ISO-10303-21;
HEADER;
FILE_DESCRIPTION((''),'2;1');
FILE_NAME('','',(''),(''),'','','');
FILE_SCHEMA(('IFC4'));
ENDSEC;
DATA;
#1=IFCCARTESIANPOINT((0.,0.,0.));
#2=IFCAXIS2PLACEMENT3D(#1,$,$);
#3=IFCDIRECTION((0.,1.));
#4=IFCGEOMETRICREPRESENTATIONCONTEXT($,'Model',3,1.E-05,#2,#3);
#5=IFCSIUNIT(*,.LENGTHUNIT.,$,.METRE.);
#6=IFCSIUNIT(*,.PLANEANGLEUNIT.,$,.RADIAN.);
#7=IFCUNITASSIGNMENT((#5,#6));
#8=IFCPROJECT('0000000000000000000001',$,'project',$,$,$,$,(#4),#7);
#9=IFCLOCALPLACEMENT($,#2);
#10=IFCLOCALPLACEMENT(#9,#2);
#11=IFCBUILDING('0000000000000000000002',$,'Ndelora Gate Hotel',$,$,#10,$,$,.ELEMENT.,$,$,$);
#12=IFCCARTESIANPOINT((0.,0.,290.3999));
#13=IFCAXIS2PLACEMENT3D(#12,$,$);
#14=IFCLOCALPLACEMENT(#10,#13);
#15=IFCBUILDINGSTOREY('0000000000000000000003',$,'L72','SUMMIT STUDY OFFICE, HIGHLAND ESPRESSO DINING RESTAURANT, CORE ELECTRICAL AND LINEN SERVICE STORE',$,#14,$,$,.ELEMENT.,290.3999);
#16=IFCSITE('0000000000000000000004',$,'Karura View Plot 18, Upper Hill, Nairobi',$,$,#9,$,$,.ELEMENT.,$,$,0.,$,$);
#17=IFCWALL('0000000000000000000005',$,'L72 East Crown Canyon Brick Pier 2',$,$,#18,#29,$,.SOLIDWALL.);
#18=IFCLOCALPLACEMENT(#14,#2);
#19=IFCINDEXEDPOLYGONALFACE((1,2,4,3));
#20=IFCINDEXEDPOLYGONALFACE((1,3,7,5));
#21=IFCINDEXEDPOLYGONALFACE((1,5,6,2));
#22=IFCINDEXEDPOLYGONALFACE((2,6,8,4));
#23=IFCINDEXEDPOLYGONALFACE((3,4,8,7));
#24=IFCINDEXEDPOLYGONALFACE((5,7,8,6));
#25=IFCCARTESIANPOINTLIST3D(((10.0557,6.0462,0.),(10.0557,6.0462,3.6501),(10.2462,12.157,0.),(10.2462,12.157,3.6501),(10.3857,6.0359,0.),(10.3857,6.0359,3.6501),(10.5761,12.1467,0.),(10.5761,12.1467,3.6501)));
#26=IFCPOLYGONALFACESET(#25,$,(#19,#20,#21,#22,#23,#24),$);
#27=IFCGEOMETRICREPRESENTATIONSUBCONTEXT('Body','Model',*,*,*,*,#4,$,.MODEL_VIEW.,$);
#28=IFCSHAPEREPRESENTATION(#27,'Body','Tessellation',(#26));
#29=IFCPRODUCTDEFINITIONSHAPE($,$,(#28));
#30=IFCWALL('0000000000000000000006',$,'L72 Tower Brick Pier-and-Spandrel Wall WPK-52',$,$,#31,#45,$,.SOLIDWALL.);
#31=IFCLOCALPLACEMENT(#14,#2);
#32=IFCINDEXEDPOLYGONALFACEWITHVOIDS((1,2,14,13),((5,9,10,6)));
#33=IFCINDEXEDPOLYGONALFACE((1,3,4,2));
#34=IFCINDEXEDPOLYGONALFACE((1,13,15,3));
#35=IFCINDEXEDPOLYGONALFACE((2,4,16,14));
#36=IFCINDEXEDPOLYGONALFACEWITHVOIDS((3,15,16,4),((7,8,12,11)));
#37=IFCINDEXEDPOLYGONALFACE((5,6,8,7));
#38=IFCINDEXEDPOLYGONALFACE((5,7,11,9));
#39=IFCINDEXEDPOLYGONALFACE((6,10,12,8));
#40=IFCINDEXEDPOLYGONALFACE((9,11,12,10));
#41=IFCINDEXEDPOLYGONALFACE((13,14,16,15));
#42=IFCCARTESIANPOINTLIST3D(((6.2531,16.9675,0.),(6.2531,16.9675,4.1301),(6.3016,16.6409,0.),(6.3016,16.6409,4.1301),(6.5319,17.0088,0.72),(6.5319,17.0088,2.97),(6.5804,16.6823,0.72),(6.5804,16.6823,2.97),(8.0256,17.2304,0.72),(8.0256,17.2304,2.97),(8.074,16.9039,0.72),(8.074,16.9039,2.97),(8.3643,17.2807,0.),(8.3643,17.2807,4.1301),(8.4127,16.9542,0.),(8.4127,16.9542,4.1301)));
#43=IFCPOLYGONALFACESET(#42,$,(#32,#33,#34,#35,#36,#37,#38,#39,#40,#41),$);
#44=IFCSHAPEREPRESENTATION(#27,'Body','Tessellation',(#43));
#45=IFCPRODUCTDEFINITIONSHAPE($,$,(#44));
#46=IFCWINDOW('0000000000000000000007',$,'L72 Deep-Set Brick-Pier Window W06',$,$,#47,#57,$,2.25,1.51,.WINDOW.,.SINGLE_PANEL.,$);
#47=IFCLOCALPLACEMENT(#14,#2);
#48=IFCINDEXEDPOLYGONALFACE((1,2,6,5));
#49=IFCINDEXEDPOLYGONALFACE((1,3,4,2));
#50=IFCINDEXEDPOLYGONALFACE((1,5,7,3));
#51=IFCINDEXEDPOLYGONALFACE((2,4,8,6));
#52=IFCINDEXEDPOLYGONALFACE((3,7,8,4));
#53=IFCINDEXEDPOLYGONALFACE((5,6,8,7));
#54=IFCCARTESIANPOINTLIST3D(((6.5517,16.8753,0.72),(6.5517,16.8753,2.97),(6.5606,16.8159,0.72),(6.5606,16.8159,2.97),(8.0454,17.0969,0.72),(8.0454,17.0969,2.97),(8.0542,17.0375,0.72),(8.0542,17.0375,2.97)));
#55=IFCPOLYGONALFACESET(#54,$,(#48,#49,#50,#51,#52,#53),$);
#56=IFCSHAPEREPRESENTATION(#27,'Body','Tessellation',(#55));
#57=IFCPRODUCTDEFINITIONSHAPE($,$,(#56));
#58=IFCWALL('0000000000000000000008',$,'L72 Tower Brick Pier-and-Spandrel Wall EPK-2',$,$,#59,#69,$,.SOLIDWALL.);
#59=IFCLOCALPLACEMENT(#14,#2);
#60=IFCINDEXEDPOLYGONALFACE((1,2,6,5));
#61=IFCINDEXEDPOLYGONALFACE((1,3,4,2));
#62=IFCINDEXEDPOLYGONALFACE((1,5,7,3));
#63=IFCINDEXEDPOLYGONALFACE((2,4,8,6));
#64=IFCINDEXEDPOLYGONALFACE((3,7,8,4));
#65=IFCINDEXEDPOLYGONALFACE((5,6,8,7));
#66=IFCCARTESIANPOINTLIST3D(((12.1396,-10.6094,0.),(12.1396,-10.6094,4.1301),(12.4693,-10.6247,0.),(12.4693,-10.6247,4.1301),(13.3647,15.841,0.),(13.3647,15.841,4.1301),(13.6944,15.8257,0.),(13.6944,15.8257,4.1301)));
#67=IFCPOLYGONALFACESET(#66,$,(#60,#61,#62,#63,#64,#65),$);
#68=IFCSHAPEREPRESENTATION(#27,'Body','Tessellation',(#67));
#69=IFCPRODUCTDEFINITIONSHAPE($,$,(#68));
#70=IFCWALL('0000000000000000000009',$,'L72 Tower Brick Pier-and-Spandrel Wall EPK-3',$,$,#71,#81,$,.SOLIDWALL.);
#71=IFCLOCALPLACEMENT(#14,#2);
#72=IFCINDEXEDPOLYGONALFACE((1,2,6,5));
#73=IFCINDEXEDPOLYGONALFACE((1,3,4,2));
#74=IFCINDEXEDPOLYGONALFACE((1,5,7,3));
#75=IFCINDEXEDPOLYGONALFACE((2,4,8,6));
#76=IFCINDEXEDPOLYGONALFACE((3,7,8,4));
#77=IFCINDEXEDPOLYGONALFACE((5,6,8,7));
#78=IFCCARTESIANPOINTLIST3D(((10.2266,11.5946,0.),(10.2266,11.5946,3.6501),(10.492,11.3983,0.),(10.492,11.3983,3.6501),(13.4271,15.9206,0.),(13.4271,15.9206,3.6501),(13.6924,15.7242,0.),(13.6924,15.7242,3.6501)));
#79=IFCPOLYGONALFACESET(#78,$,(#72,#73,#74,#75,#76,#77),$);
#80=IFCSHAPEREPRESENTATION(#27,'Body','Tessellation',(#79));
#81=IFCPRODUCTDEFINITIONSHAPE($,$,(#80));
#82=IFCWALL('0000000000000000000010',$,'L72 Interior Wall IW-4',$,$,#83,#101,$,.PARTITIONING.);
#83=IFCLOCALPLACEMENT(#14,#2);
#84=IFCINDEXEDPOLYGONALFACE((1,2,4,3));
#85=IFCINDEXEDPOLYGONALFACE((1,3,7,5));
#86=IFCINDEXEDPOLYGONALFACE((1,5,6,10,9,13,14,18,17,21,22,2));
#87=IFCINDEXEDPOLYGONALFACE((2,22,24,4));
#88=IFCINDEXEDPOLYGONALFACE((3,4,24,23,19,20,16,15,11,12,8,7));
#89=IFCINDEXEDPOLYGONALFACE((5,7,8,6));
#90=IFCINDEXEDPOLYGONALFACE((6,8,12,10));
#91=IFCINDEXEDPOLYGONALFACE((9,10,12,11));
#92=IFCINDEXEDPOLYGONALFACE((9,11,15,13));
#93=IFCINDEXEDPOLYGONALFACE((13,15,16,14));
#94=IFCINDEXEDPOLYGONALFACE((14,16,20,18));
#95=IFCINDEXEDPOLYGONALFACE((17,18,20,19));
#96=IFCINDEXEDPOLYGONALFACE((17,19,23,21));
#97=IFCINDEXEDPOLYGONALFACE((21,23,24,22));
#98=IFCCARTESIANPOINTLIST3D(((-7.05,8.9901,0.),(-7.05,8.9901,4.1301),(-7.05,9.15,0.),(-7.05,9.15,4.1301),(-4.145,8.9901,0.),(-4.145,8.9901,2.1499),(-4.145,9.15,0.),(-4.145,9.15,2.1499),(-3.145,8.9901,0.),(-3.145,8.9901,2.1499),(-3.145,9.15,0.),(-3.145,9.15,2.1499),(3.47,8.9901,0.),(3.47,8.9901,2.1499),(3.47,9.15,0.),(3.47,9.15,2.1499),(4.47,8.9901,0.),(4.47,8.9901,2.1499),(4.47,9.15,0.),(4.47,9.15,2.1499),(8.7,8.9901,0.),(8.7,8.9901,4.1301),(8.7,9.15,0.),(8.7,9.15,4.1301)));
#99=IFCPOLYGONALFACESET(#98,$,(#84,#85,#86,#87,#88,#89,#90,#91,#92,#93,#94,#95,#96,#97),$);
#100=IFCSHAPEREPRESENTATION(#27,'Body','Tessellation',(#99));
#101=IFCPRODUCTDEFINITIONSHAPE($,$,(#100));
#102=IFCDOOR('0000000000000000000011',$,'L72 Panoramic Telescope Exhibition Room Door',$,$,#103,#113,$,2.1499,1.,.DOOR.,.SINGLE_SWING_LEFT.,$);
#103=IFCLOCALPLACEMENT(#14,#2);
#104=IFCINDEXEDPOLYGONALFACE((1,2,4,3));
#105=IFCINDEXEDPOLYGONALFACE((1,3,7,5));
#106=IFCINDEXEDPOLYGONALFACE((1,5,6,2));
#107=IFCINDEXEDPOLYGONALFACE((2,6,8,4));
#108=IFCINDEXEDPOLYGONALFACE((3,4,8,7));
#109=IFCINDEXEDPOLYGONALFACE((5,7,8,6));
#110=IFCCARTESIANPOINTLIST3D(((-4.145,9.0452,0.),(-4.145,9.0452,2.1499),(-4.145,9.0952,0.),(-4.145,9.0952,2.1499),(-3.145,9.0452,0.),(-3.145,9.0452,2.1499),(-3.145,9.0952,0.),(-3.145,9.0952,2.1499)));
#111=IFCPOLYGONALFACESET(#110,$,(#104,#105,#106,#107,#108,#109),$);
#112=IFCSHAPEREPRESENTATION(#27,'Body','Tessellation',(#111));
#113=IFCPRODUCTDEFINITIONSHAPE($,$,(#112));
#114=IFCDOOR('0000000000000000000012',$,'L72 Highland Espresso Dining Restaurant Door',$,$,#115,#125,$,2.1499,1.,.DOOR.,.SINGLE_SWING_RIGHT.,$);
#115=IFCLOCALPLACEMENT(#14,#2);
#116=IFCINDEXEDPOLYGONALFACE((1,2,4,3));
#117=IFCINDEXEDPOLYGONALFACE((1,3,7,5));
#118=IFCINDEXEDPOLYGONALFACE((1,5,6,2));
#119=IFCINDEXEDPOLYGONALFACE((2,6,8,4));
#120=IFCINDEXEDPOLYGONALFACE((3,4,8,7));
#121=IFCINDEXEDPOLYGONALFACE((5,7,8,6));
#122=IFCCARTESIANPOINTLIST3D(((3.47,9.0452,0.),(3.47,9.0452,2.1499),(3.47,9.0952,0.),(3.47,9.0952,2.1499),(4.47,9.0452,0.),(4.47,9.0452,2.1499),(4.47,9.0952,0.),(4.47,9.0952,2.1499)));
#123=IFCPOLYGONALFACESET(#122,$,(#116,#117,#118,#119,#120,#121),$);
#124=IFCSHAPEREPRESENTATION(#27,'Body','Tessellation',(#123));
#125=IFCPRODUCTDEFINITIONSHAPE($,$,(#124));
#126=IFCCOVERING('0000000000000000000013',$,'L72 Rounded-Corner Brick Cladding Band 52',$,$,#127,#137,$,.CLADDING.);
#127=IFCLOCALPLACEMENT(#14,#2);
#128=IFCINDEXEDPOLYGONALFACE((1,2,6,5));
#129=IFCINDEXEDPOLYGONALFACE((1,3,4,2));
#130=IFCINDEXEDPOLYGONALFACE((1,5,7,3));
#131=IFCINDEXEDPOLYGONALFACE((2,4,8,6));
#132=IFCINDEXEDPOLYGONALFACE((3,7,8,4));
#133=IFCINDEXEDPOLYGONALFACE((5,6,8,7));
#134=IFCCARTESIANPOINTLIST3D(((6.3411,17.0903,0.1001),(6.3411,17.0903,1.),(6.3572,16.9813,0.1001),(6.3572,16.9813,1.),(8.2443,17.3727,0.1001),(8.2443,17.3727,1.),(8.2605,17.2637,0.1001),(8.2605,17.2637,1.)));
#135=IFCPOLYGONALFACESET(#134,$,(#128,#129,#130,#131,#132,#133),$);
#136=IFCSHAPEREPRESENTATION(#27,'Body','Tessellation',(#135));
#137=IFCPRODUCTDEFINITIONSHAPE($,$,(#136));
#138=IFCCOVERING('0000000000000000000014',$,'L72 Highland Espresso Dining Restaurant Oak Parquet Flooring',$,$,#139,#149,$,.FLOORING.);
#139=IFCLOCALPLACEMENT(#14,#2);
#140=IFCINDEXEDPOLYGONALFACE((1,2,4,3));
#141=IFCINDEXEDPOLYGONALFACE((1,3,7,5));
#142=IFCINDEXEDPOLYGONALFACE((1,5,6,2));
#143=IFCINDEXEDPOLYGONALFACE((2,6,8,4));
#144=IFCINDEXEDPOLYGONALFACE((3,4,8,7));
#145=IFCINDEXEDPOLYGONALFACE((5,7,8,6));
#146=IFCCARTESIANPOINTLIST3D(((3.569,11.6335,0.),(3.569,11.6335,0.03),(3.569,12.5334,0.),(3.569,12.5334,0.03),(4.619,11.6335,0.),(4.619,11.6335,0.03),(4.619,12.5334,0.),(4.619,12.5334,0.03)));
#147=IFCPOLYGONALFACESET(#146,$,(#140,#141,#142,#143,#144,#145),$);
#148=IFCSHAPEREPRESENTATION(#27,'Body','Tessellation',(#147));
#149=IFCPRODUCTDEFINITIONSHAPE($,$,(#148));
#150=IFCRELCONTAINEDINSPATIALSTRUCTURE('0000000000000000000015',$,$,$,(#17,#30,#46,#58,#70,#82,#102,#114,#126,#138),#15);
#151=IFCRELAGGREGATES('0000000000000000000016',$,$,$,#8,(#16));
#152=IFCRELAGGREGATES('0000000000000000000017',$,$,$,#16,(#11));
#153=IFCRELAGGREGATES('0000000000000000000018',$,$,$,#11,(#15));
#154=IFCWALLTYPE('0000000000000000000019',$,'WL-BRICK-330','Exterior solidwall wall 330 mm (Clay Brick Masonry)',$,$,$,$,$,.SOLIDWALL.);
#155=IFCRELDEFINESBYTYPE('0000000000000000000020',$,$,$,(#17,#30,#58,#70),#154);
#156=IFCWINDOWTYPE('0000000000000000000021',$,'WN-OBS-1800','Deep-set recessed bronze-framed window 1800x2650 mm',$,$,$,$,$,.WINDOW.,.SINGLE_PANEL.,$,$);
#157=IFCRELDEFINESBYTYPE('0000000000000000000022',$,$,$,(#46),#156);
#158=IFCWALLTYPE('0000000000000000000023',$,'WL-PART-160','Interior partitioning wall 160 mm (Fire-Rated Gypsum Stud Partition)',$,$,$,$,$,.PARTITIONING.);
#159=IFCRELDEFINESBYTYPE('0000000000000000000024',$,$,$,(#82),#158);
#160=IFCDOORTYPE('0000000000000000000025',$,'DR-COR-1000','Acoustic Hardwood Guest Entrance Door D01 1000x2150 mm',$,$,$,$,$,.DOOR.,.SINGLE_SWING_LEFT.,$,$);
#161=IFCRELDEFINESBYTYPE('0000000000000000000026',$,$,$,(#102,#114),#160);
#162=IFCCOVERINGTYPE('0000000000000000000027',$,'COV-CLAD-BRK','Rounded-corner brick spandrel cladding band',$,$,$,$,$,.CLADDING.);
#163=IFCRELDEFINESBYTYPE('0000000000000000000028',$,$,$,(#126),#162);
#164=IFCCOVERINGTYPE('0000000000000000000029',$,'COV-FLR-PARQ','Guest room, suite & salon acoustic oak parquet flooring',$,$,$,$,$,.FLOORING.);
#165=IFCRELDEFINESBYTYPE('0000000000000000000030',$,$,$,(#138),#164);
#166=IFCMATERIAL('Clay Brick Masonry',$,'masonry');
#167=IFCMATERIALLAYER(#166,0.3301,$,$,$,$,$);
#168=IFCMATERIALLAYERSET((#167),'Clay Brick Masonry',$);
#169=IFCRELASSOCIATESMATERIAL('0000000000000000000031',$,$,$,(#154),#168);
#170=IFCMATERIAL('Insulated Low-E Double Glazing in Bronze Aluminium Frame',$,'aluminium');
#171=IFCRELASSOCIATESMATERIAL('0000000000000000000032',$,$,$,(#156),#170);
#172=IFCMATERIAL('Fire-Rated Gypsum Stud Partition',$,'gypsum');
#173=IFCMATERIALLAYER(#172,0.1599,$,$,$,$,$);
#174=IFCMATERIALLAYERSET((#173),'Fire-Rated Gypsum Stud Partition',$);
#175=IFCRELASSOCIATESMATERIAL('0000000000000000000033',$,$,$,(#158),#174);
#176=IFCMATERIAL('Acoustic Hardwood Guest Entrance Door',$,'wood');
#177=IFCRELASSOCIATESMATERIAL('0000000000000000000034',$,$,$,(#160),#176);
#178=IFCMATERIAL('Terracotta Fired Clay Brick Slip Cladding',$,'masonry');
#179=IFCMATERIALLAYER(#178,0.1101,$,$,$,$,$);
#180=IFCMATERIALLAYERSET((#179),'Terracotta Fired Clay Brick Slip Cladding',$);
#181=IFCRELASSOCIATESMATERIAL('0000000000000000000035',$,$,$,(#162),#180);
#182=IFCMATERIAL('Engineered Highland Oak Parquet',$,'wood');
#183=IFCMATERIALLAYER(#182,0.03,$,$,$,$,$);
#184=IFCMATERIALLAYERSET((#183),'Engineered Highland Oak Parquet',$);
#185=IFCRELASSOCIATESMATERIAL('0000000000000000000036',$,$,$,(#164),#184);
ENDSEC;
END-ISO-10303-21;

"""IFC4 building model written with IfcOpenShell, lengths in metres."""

from ifc_helpers import new_model, si_unit, direction, frame, frame_2d, origin, origin_2d, place, context, subcontext, project, spatial, rectangle, extrude, material, layer, layer_set, type_object, element, fill, save


model = new_model("IFC4")

# Units and contexts
model_context = context("Model", 3, precision=1e-05, world=origin(), true_north=direction((0.0, 1.0)))
body_context = subcontext(model_context, "Body", "Model", "MODEL_VIEW")
ifc_project = project(units=[si_unit("LENGTHUNIT", "METRE"), si_unit("PLANEANGLEUNIT", "RADIAN")], contexts=[model_context])

# Site, building, storey
site_placement = place(None, origin())
site = spatial("IfcSite", under=ifc_project, at=site_placement, Name="Karura View Plot 18, Upper Hill, Nairobi", CompositionType="ELEMENT", RefElevation=0.0)
building_placement = place(site_placement, origin())
building = spatial("IfcBuilding", under=site, at=building_placement, Name="Ndelora Gate Hotel", CompositionType="ELEMENT")
storey_placement = place(building_placement, frame((0.0, 0.0, 290.3999)))
storey = spatial("IfcBuildingStorey", under=building, at=storey_placement, Name="L72", Description="SUMMIT STUDY OFFICE, HIGHLAND ESPRESSO DINING RESTAURANT, CORE ELECTRICAL AND LINEN SERVICE STORE", CompositionType="ELEMENT", Elevation=290.3999)

# Wall
ifc_material_1 = material(Name="Clay Brick Masonry", Category="masonry")
ifc_layer_1 = layer(ifc_material_1, 0.3301)
ifc_layer_set_1 = layer_set([ifc_layer_1], Name="Clay Brick Masonry")
wall_type_1 = type_object("IfcWallType", Name="WL-BRICK-330", Description="Exterior solidwall wall 330 mm (Clay Brick Masonry)", PredefinedType="SOLIDWALL", material=ifc_layer_set_1)
wall_1_placement = place(storey_placement, frame((10.2207, 6.041, 0.0), z_axis=(0.0, 0.0, 1.0), x_axis=(0.031147, 0.999515, 0.0)))
element("IfcWall", 1, at=wall_1_placement, inside=storey, type_object=wall_type_1, Name="L72 East Crown Canyon Brick Pier 2", PredefinedType="SOLIDWALL", context=body_context, shape_type="SweptSolid", body=[
    extrude(rectangle(XDim=6.1138, YDim=0.3301, at=frame_2d((3.0569, 0.0))), origin(), (0.0, 0.0, 1.0), 3.6501),
])

# Wall, opening, window
wall_2_placement = place(storey_placement, frame((6.2773, 16.8042, 0.0), z_axis=(0.0, 0.0, 1.0), x_axis=(0.989171, 0.146768, 0.0)))
wall_2 = element("IfcWall", 2, at=wall_2_placement, inside=storey, type_object=wall_type_1, Name="L72 Tower Brick Pier-and-Spandrel Wall WPK-52", PredefinedType="SOLIDWALL", context=body_context, shape_type="SweptSolid", body=[
    extrude(rectangle(XDim=2.1343, YDim=0.3301, at=frame_2d((1.0671, 0.0))), origin(), (0.0, 0.0, 1.0), 4.1301),
])
opening_1_placement = place(wall_2_placement, frame((0.282, 0.0, 0.72)))
opening_1 = element("IfcOpeningElement", 3, at=opening_1_placement, cuts=wall_2, PredefinedType="OPENING", context=body_context, shape_type="SweptSolid", body=[
    extrude(rectangle(XDim=1.51, YDim=2.25, at=frame_2d((0.7549, 1.125))), frame((0.0, 0.175, 0.0), z_axis=(0.0, -1.0, 0.0), x_axis=(1.0, 0.0, 0.0)), (0.0, 0.0, 1.0), 0.3501),
])
ifc_material_2 = material(Name="Insulated Low-E Double Glazing in Bronze Aluminium Frame", Category="aluminium")
window_type = type_object("IfcWindowType", Name="WN-OBS-1800", Description="Deep-set recessed bronze-framed window 1800x2650 mm", PartitioningType="SINGLE_PANEL", PredefinedType="WINDOW", material=ifc_material_2)
window_placement = place(opening_1_placement, origin())
window = element("IfcWindow", 4, at=window_placement, inside=storey, type_object=window_type, Name="L72 Deep-Set Brick-Pier Window W06", OverallHeight=2.25, OverallWidth=1.51, PartitioningType="SINGLE_PANEL", PredefinedType="WINDOW", context=body_context, shape_type="SweptSolid", body=[
    extrude(rectangle(XDim=1.51, YDim=2.25, at=frame_2d((0.7549, 1.125))), frame((0.0, 0.03, 0.0), z_axis=(0.0, -1.0, 0.0), x_axis=(1.0, 0.0, 0.0)), (0.0, 0.0, 1.0), 0.0601),
])
fill(opening_1, window)

# Walls
wall_3_placement = place(storey_placement, frame((13.5295, 15.8333, 0.0), z_axis=(0.0, 0.0, 1.0), x_axis=(-0.046267, -0.998929, 0.0)))
element("IfcWall", 5, at=wall_3_placement, inside=storey, type_object=wall_type_1, Name="L72 Tower Brick Pier-and-Spandrel Wall EPK-2", PredefinedType="SOLIDWALL", context=body_context, shape_type="SweptSolid", body=[
    extrude(rectangle(XDim=26.4788, YDim=0.3301, at=frame_2d((13.2393, 0.0))), origin(), (0.0, 0.0, 1.0), 4.1301),
])
wall_4_placement = place(storey_placement, frame((10.3594, 11.4966, 0.0), z_axis=(0.0, 0.0, 1.0), x_axis=(0.594753, 0.803908, 0.0)))
element("IfcWall", 6, at=wall_4_placement, inside=storey, type_object=wall_type_1, Name="L72 Tower Brick Pier-and-Spandrel Wall EPK-3", PredefinedType="SOLIDWALL", context=body_context, shape_type="SweptSolid", body=[
    extrude(rectangle(XDim=5.3811, YDim=0.3301, at=frame_2d((2.6904, 0.0))), origin(), (0.0, 0.0, 1.0), 3.6501),
])

# Wall, openings, doors
ifc_material_3 = material(Name="Fire-Rated Gypsum Stud Partition", Category="gypsum")
ifc_layer_2 = layer(ifc_material_3, 0.1599)
ifc_layer_set_2 = layer_set([ifc_layer_2], Name="Fire-Rated Gypsum Stud Partition")
wall_type_2 = type_object("IfcWallType", Name="WL-PART-160", Description="Interior partitioning wall 160 mm (Fire-Rated Gypsum Stud Partition)", PredefinedType="PARTITIONING", material=ifc_layer_set_2)
wall_5_placement = place(storey_placement, frame((8.7, 9.0701, 0.0), z_axis=(0.0, 0.0, 1.0), x_axis=(-1.0, 0.0, 0.0)))
wall_5 = element("IfcWall", 7, at=wall_5_placement, inside=storey, type_object=wall_type_2, Name="L72 Interior Wall IW-4", PredefinedType="PARTITIONING", context=body_context, shape_type="SweptSolid", body=[
    extrude(rectangle(XDim=15.75, YDim=0.1599, at=frame_2d((7.875, 0.0))), origin(), (0.0, 0.0, 1.0), 4.1301),
])
opening_2_placement = place(wall_5_placement, frame((11.845, 0.0, 0.0)))
opening_2 = element("IfcOpeningElement", 8, at=opening_2_placement, cuts=wall_5, PredefinedType="OPENING", context=body_context, shape_type="SweptSolid", body=[
    extrude(rectangle(XDim=1.0, YDim=2.1499, at=frame_2d((0.5, 1.075))), frame((0.0, 0.0898, 0.0), z_axis=(0.0, -1.0, 0.0), x_axis=(1.0, 0.0, 0.0)), (0.0, 0.0, 1.0), 0.1799),
])
opening_3_placement = place(wall_5_placement, frame((4.23, 0.0, 0.0)))
opening_3 = element("IfcOpeningElement", 9, at=opening_3_placement, cuts=wall_5, PredefinedType="OPENING", context=body_context, shape_type="SweptSolid", body=[
    extrude(rectangle(XDim=1.0, YDim=2.1499, at=frame_2d((0.5, 1.075))), frame((0.0, 0.0898, 0.0), z_axis=(0.0, -1.0, 0.0), x_axis=(1.0, 0.0, 0.0)), (0.0, 0.0, 1.0), 0.1799),
])
ifc_material_4 = material(Name="Acoustic Hardwood Guest Entrance Door", Category="wood")
door_type = type_object("IfcDoorType", Name="DR-COR-1000", Description="Acoustic Hardwood Guest Entrance Door D01 1000x2150 mm", OperationType="SINGLE_SWING_LEFT", PredefinedType="DOOR", material=ifc_material_4)
door_1_placement = place(opening_2_placement, origin())
door_1 = element("IfcDoor", 10, at=door_1_placement, inside=storey, type_object=door_type, Name="L72 Panoramic Telescope Exhibition Room Door", OperationType="SINGLE_SWING_LEFT", OverallHeight=2.1499, OverallWidth=1.0, PredefinedType="DOOR", context=body_context, shape_type="SweptSolid", body=[
    extrude(rectangle(XDim=1.0, YDim=2.1499, at=frame_2d((0.5, 1.075))), frame((0.0, 0.0249, 0.0), z_axis=(0.0, -1.0, 0.0), x_axis=(1.0, 0.0, 0.0)), (0.0, 0.0, 1.0), 0.05),
])
fill(opening_2, door_1)
door_2_placement = place(opening_3_placement, origin())
door_2 = element("IfcDoor", 11, at=door_2_placement, inside=storey, type_object=door_type, Name="L72 Highland Espresso Dining Restaurant Door", OperationType="SINGLE_SWING_RIGHT", OverallHeight=2.1499, OverallWidth=1.0, PredefinedType="DOOR", context=body_context, shape_type="SweptSolid", body=[
    extrude(rectangle(XDim=1.0, YDim=2.1499, at=frame_2d((0.5, 1.075))), frame((0.0, 0.0249, 0.0), z_axis=(0.0, -1.0, 0.0), x_axis=(1.0, 0.0, 0.0)), (0.0, 0.0, 1.0), 0.05),
])
fill(opening_3, door_2)

# Coverings
ifc_material_5 = material(Name="Terracotta Fired Clay Brick Slip Cladding", Category="masonry")
ifc_layer_3 = layer(ifc_material_5, 0.1101)
ifc_layer_set_3 = layer_set([ifc_layer_3], Name="Terracotta Fired Clay Brick Slip Cladding")
covering_type_1 = type_object("IfcCoveringType", Name="COV-CLAD-BRK", Description="Rounded-corner brick spandrel cladding band", PredefinedType="CLADDING", material=ifc_layer_set_3)
covering_1_placement = place(storey_placement, frame((7.3008, 17.177, 0.1001), z_axis=(0.0, 0.0, 1.0), x_axis=(0.98917, 0.146774, 0.0)))
element("IfcCovering", 12, at=covering_1_placement, inside=storey, type_object=covering_type_1, Name="L72 Rounded-Corner Brick Cladding Band 52", PredefinedType="CLADDING", context=body_context, shape_type="SweptSolid", body=[
    extrude(rectangle(XDim=1.9241, YDim=0.1101, at=origin_2d()), origin(), (0.0, 0.0, 1.0), 0.8999),
])
ifc_material_6 = material(Name="Engineered Highland Oak Parquet", Category="wood")
ifc_layer_4 = layer(ifc_material_6, 0.03)
ifc_layer_set_4 = layer_set([ifc_layer_4], Name="Engineered Highland Oak Parquet")
covering_type_2 = type_object("IfcCoveringType", Name="COV-FLR-PARQ", Description="Guest room, suite & salon acoustic oak parquet flooring", PredefinedType="FLOORING", material=ifc_layer_set_4)
covering_2_placement = place(storey_placement, frame((4.094, 12.0835, 0.0), z_axis=(0.0, 0.0, 1.0), x_axis=(1.0, 0.0, 0.0)))
element("IfcCovering", 13, at=covering_2_placement, inside=storey, type_object=covering_type_2, Name="L72 Highland Espresso Dining Restaurant Oak Parquet Flooring", PredefinedType="FLOORING", context=body_context, shape_type="SweptSolid", body=[
    extrude(rectangle(XDim=1.05, YDim=0.8999, at=origin_2d()), origin(), (0.0, 0.0, 1.0), 0.03),
])

save(model, "model.ifc")
